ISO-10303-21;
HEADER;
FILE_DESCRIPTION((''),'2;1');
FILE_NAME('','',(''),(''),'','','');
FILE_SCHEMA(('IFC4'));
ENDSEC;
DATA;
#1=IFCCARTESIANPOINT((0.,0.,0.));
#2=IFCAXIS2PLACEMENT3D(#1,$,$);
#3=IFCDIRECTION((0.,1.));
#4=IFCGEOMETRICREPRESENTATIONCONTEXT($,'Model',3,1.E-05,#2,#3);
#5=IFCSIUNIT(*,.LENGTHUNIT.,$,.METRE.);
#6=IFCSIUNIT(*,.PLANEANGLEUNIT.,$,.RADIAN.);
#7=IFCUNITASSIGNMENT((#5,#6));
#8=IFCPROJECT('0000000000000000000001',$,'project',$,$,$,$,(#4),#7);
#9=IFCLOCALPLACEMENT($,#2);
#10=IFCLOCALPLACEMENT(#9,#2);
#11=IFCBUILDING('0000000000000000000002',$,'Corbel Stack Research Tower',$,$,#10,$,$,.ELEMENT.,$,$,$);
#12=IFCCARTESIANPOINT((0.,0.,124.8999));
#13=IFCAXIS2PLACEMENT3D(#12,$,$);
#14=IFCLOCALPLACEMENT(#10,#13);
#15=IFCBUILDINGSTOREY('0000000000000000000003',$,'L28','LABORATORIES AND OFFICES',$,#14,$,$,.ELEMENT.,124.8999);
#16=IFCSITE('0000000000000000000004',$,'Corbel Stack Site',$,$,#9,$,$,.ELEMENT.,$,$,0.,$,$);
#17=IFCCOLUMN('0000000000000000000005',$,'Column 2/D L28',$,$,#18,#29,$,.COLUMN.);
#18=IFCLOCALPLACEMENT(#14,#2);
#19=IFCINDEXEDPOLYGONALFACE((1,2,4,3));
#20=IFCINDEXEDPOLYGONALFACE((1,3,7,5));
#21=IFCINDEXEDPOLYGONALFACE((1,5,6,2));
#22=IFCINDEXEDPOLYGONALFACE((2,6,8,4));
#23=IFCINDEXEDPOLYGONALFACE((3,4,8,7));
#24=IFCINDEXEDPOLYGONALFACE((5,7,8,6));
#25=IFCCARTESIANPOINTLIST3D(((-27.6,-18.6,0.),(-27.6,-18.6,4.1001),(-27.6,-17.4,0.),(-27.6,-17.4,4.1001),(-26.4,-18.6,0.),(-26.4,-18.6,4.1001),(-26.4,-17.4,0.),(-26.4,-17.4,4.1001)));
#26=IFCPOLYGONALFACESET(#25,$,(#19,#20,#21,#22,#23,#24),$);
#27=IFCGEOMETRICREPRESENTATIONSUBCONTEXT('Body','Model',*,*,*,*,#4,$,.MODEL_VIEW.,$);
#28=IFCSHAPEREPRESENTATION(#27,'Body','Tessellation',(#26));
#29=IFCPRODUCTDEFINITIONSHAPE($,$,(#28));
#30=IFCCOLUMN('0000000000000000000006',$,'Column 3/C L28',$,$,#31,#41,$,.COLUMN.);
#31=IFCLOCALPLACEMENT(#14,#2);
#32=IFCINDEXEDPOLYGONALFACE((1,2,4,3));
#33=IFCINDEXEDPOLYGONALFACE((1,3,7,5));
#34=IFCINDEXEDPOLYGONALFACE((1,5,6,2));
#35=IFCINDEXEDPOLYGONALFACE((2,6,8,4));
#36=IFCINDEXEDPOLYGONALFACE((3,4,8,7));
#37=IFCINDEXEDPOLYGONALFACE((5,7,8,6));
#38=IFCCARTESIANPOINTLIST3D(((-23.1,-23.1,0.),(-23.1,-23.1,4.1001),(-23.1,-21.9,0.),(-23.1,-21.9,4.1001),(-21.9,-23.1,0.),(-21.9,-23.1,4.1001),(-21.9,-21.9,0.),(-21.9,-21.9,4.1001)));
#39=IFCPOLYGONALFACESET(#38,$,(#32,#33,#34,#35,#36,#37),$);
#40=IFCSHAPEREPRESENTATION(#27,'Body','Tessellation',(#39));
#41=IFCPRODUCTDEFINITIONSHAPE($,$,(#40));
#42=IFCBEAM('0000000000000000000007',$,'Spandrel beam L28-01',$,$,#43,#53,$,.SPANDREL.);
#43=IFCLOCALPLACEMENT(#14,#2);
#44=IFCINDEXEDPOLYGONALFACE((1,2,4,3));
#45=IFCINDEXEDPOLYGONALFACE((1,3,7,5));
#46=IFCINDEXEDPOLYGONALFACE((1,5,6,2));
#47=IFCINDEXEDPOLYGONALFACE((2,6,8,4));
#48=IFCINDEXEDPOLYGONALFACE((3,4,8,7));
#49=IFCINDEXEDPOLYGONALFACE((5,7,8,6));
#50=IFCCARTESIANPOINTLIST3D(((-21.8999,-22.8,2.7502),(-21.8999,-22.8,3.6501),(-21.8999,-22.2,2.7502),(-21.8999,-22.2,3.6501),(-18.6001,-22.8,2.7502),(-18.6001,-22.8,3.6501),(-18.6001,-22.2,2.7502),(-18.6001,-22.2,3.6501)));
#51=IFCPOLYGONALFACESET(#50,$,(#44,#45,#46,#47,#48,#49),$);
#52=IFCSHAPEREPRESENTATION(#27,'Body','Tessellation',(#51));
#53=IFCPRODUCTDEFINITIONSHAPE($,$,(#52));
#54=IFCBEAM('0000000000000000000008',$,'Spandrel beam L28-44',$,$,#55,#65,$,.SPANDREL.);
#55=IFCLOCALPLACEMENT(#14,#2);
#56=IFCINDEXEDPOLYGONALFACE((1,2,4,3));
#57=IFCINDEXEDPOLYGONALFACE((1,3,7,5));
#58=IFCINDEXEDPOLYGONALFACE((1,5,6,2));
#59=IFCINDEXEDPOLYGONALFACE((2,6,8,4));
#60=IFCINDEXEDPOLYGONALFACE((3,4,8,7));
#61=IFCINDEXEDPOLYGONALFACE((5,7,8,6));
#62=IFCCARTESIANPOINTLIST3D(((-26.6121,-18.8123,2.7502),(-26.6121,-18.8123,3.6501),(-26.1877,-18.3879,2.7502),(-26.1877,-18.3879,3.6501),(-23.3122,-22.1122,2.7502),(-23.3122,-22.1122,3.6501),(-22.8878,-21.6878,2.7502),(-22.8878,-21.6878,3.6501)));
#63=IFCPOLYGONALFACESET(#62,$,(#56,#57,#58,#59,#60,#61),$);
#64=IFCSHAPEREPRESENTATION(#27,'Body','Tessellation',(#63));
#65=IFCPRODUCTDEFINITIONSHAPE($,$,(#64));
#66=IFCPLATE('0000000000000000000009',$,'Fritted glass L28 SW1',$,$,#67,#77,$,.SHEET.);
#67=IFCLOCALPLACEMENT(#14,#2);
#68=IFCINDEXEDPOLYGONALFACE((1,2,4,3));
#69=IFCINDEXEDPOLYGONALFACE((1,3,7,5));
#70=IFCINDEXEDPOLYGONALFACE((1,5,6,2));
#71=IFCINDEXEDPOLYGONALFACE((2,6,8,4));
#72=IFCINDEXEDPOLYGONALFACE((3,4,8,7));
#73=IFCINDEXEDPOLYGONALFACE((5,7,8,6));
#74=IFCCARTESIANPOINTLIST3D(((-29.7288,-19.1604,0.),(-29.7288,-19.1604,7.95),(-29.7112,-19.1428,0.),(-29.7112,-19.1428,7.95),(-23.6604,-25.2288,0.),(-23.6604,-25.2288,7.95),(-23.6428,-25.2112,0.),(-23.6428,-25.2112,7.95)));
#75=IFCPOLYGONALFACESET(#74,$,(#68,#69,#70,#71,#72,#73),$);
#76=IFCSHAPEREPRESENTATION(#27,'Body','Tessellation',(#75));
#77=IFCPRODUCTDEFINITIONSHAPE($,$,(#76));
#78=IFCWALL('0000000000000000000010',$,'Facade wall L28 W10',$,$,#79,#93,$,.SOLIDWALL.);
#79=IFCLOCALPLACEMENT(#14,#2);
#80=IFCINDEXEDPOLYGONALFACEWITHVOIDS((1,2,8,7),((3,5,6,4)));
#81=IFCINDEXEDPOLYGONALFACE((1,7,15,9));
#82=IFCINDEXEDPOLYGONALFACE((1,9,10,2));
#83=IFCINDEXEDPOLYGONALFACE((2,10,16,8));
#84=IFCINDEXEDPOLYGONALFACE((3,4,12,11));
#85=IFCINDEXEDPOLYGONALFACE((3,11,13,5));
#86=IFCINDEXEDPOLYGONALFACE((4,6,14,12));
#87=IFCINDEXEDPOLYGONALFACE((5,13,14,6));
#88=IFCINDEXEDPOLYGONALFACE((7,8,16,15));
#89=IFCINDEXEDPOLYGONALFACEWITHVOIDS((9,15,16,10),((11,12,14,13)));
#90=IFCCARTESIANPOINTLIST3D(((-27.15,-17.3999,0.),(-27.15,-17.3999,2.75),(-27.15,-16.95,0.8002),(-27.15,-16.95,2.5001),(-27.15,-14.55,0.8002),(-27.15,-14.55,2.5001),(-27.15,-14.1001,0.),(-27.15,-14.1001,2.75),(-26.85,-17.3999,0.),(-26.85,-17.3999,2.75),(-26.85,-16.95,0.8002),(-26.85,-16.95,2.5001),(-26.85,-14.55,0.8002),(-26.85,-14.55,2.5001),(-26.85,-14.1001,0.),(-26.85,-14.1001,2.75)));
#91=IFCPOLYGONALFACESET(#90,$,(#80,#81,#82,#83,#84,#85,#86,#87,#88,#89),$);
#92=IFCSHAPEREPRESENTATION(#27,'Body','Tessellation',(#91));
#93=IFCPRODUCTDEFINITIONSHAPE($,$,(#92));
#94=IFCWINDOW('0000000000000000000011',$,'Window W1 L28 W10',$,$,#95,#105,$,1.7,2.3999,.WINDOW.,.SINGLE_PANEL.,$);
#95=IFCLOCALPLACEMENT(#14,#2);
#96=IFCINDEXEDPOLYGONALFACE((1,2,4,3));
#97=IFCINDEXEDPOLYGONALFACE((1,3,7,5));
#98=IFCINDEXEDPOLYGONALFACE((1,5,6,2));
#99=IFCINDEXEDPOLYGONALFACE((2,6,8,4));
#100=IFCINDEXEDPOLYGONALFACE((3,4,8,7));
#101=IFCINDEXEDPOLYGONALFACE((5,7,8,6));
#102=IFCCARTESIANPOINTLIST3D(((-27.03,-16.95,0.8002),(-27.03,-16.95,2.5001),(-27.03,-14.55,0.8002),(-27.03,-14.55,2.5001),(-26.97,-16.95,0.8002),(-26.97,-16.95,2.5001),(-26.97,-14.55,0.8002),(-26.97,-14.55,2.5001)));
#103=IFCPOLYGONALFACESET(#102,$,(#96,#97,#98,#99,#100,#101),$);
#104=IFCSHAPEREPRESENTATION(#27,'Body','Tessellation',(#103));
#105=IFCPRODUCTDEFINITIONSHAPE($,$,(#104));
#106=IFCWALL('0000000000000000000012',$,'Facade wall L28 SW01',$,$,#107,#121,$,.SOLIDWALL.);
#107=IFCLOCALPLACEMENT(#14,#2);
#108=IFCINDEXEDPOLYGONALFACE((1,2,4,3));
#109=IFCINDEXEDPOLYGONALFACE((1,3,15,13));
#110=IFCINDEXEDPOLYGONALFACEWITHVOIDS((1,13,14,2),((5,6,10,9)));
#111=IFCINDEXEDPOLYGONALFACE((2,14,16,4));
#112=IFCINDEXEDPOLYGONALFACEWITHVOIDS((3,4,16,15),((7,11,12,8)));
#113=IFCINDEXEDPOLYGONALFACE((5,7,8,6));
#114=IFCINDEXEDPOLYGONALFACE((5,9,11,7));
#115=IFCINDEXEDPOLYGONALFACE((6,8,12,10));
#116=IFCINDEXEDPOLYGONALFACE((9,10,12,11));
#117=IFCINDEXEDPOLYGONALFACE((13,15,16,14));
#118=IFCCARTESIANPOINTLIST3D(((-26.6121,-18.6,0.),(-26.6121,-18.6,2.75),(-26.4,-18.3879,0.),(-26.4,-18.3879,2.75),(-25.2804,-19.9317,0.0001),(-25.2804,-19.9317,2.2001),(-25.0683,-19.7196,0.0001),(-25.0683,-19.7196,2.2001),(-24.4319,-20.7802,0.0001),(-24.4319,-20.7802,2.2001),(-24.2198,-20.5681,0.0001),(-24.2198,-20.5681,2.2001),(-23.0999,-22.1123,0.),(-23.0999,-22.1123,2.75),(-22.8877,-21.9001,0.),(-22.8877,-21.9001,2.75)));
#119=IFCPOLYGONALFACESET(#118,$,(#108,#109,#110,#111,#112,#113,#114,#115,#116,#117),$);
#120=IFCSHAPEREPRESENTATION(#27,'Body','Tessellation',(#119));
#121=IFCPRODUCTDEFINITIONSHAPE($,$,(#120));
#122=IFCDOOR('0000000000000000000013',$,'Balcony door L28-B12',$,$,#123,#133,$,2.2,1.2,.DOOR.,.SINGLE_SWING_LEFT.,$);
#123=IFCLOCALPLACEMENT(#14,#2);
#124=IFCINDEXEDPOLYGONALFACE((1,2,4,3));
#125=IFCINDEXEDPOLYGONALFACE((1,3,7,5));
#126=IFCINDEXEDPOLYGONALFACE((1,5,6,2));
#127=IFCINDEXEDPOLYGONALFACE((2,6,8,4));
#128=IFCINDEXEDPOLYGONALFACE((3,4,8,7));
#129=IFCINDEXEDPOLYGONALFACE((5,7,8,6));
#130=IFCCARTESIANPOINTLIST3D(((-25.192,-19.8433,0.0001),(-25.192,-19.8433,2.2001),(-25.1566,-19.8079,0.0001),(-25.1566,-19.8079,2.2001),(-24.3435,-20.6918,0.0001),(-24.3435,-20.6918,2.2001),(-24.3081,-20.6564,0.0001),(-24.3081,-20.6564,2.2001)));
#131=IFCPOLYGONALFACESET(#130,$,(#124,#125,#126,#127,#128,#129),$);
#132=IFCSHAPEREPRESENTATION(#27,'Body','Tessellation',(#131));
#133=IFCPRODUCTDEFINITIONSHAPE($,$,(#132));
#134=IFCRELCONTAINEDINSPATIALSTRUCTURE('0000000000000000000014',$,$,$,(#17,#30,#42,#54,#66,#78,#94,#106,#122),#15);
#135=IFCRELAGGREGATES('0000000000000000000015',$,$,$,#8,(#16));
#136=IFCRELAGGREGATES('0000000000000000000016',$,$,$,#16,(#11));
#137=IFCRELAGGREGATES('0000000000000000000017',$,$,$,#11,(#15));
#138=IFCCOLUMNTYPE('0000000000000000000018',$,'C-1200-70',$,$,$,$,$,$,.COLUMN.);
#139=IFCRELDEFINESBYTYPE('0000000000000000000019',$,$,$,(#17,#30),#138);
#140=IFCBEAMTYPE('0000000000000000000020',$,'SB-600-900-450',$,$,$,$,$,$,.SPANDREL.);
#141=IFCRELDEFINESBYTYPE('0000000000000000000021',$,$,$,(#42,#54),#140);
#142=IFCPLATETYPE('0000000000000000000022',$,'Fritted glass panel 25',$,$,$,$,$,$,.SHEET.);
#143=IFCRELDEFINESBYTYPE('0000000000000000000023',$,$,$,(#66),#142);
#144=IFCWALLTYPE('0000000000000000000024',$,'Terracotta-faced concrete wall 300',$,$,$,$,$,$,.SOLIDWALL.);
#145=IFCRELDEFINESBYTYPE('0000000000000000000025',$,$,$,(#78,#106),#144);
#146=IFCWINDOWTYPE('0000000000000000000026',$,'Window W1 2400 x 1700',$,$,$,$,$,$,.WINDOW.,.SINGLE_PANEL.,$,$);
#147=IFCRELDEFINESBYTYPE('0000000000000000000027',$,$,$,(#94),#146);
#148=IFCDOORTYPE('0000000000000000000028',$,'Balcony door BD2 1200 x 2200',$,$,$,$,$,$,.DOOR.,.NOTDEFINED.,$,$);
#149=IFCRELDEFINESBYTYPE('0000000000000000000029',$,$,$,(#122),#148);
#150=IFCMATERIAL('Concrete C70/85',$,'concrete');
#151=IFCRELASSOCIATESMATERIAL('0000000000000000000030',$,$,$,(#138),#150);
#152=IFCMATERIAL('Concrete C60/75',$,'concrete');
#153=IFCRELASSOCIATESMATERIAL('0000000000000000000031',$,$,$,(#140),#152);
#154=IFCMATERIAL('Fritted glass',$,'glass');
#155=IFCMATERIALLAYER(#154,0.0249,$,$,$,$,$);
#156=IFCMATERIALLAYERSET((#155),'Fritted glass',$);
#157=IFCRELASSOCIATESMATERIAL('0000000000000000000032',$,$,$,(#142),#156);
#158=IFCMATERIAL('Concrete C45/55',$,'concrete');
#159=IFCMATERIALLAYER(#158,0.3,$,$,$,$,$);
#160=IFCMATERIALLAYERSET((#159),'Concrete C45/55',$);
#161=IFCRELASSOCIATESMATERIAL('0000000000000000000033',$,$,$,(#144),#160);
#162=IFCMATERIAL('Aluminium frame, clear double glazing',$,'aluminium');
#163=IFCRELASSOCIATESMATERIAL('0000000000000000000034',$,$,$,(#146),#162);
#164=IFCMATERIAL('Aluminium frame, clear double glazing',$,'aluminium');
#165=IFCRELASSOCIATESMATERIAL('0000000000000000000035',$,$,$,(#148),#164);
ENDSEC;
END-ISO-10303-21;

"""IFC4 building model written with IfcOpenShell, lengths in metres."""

from ifc_helpers import new_model, si_unit, direction, frame, frame_2d, origin, origin_2d, place, context, subcontext, project, spatial, rectangle, extrude, material, layer, layer_set, material_profile, profile_set, type_object, element, fill, save


model = new_model("IFC4")

# Units and contexts
model_context = context("Model", 3, precision=1e-05, world=origin(), true_north=direction((0.0, 1.0)))
body_context = subcontext(model_context, "Body", "Model", "MODEL_VIEW")
ifc_project = project(units=[si_unit("LENGTHUNIT", "METRE"), si_unit("PLANEANGLEUNIT", "RADIAN")], contexts=[model_context])

# Site, building, storey
site_placement = place(None, origin())
site = spatial("IfcSite", under=ifc_project, at=site_placement, Name="Corbel Stack Site", CompositionType="ELEMENT", RefElevation=0.0)
building_placement = place(site_placement, origin())
building = spatial("IfcBuilding", under=site, at=building_placement, Name="Corbel Stack Research Tower", CompositionType="ELEMENT")
storey_placement = place(building_placement, frame((0.0, 0.0, 124.8999)))
storey = spatial("IfcBuildingStorey", under=building, at=storey_placement, Name="L28", Description="LABORATORIES AND OFFICES", CompositionType="ELEMENT", Elevation=124.8999)

# Columns
ifc_material_1 = material(Name="Concrete C70/85", Category="concrete")
ifc_material_profile_1 = material_profile(ifc_material_1, rectangle(XDim=1.2, YDim=1.2, at=origin_2d()), Name="RC 1200 x 1200")
ifc_profile_set_1 = profile_set([ifc_material_profile_1], Name="Concrete C70/85")
column_type = type_object("IfcColumnType", Name="C-1200-70", PredefinedType="COLUMN", material=ifc_profile_set_1)
for number, where, z_axis, x_axis, name in (
    (1, (-27.0, -18.0, 0.0), (0.0, 0.0, 1.0), (1.0, 0.0, 0.0), "Column 2/D L28"),
    (2, (-22.5, -22.5, 0.0), (0.0, 0.0, 1.0), (1.0, 0.0, 0.0), "Column 3/C L28"),
):
    element("IfcColumn", number, at=place(storey_placement, frame(where, z_axis=z_axis, x_axis=x_axis)), inside=storey, type_object=column_type, Name=name, PredefinedType="COLUMN", context=body_context, shape_type="SweptSolid", body=[
        extrude(rectangle(XDim=1.2, YDim=1.2, at=origin_2d()), origin(), (0.0, 0.0, 1.0), 4.1001),
    ])

# Beams
ifc_material_2 = material(Name="Concrete C60/75", Category="concrete")
ifc_material_profile_2 = material_profile(ifc_material_2, rectangle(XDim=0.6001, YDim=0.8999, at=origin_2d()), Name="RC 600 x 900")
ifc_profile_set_2 = profile_set([ifc_material_profile_2], Name="Concrete C60/75")
beam_type = type_object("IfcBeamType", Name="SB-600-900-450", PredefinedType="SPANDREL", material=ifc_profile_set_2)
beam_1_placement = place(storey_placement, frame((-21.8999, -22.5, 3.2002), z_axis=(1.0, 0.0, 0.0), x_axis=(0.0, 1.0, 0.0)))
element("IfcBeam", 3, at=beam_1_placement, inside=storey, type_object=beam_type, Name="Spandrel beam L28-01", PredefinedType="SPANDREL", context=body_context, shape_type="SweptSolid", body=[
    extrude(rectangle(XDim=0.6001, YDim=0.8999, at=origin_2d()), origin(), (0.0, 0.0, 1.0), 3.2998),
])
beam_2_placement = place(storey_placement, frame((-26.3999, -18.6001, 3.2002), z_axis=(0.707107, -0.707107, 0.0), x_axis=(0.707107, 0.707107, 0.0)))
element("IfcBeam", 4, at=beam_2_placement, inside=storey, type_object=beam_type, Name="Spandrel beam L28-44", PredefinedType="SPANDREL", context=body_context, shape_type="SweptSolid", body=[
    extrude(rectangle(XDim=0.6001, YDim=0.8999, at=origin_2d()), origin(), (0.0, 0.0, 1.0), 4.6667),
])

# Plate
ifc_material_3 = material(Name="Fritted glass", Category="glass")
ifc_layer_1 = layer(ifc_material_3, 0.0249)
ifc_layer_set_1 = layer_set([ifc_layer_1], Name="Fritted glass")
plate_type = type_object("IfcPlateType", Name="Fritted glass panel 25", PredefinedType="SHEET", material=ifc_layer_set_1)
plate_placement = place(storey_placement, frame((-26.6858, -22.1858, 0.0), z_axis=(0.0, 0.0, 1.0), x_axis=(0.707107, -0.707107, 0.0)))
element("IfcPlate", 5, at=plate_placement, inside=storey, type_object=plate_type, Name="Fritted glass L28 SW1", PredefinedType="SHEET", context=body_context, shape_type="SweptSolid", body=[
    extrude(rectangle(XDim=8.582, YDim=0.0249, at=origin_2d()), origin(), (0.0, 0.0, 1.0), 7.95),
])

# Wall, opening, window
ifc_material_4 = material(Name="Concrete C45/55", Category="concrete")
ifc_layer_2 = layer(ifc_material_4, 0.3)
ifc_layer_set_2 = layer_set([ifc_layer_2], Name="Concrete C45/55")
wall_type = type_object("IfcWallType", Name="Terracotta-faced concrete wall 300", PredefinedType="SOLIDWALL", material=ifc_layer_set_2)
wall_1_placement = place(storey_placement, frame((-27.0, -17.3999, 0.0), z_axis=(0.0, 0.0, 1.0), x_axis=(0.0, 1.0, 0.0)))
wall_1 = element("IfcWall", 6, at=wall_1_placement, inside=storey, type_object=wall_type, Name="Facade wall L28 W10", PredefinedType="SOLIDWALL", context=body_context, shape_type="SweptSolid", body=[
    extrude(rectangle(XDim=3.2998, YDim=0.3, at=frame_2d((1.6499, 0.0))), origin(), (0.0, 0.0, 1.0), 2.75),
])
opening_1_placement = place(wall_1_placement, frame((0.45, 0.0, 0.8)))
opening_1 = element("IfcOpeningElement", 7, at=opening_1_placement, cuts=wall_1, PredefinedType="OPENING", context=body_context, shape_type="SweptSolid", body=[
    extrude(rectangle(XDim=2.3999, YDim=1.7, at=frame_2d((1.2, 0.8501))), frame((0.0, 0.1599, 0.0), z_axis=(0.0, -1.0, 0.0), x_axis=(1.0, 0.0, 0.0)), (0.0, 0.0, 1.0), 0.3201),
])
ifc_material_5 = material(Name="Aluminium frame, clear double glazing", Category="aluminium")
window_type = type_object("IfcWindowType", Name="Window W1 2400 x 1700", PartitioningType="SINGLE_PANEL", PredefinedType="WINDOW", material=ifc_material_5)
window_placement = place(opening_1_placement, origin())
window = element("IfcWindow", 8, at=window_placement, inside=storey, type_object=window_type, Name="Window W1 L28 W10", OverallHeight=1.7, OverallWidth=2.3999, PartitioningType="SINGLE_PANEL", PredefinedType="WINDOW", context=body_context, shape_type="SweptSolid", body=[
    extrude(rectangle(XDim=2.3999, YDim=1.7, at=frame_2d((1.2, 0.8501))), frame((0.0, 0.03, 0.0), z_axis=(0.0, -1.0, 0.0), x_axis=(1.0, 0.0, 0.0)), (0.0, 0.0, 1.0), 0.0601),
])
fill(opening_1, window)

# Wall, opening, door
wall_2_placement = place(storey_placement, frame((-22.9939, -22.0061, 0.0), z_axis=(0.0, 0.0, 1.0), x_axis=(-0.707107, 0.707107, 0.0)))
wall_2 = element("IfcWall", 9, at=wall_2_placement, inside=storey, type_object=wall_type, Name="Facade wall L28 SW01", PredefinedType="SOLIDWALL", context=body_context, shape_type="SweptSolid", body=[
    extrude(rectangle(XDim=4.967, YDim=0.3, at=frame_2d((2.4834, 0.0))), origin(), (0.0, 0.0, 1.0), 2.75),
])
opening_2_placement = place(wall_2_placement, frame((1.8835, 0.0, 0.0)))
opening_2 = element("IfcOpeningElement", 10, at=opening_2_placement, cuts=wall_2, PredefinedType="OPENING", context=body_context, shape_type="SweptSolid", body=[
    extrude(rectangle(XDim=1.2, YDim=2.2, at=frame_2d((0.6001, 1.1001))), frame((0.0, 0.1599, 0.0), z_axis=(0.0, -1.0, 0.0), x_axis=(1.0, 0.0, 0.0)), (0.0, 0.0, 1.0), 0.3201),
])
ifc_material_6 = material(Name="Aluminium frame, clear double glazing", Category="aluminium")
door_type = type_object("IfcDoorType", Name="Balcony door BD2 1200 x 2200", OperationType="NOTDEFINED", PredefinedType="DOOR", material=ifc_material_6)
door_placement = place(opening_2_placement, origin())
door = element("IfcDoor", 11, at=door_placement, inside=storey, type_object=door_type, Name="Balcony door L28-B12", OperationType="SINGLE_SWING_LEFT", OverallHeight=2.2, OverallWidth=1.2, PredefinedType="DOOR", context=body_context, shape_type="SweptSolid", body=[
    extrude(rectangle(XDim=1.2, YDim=2.2, at=frame_2d((0.6001, 1.1001))), frame((0.0, 0.0249, 0.0), z_axis=(0.0, -1.0, 0.0), x_axis=(1.0, 0.0, 0.0)), (0.0, 0.0, 1.0), 0.05),
])
fill(opening_2, door)

save(model, "model.ifc")
